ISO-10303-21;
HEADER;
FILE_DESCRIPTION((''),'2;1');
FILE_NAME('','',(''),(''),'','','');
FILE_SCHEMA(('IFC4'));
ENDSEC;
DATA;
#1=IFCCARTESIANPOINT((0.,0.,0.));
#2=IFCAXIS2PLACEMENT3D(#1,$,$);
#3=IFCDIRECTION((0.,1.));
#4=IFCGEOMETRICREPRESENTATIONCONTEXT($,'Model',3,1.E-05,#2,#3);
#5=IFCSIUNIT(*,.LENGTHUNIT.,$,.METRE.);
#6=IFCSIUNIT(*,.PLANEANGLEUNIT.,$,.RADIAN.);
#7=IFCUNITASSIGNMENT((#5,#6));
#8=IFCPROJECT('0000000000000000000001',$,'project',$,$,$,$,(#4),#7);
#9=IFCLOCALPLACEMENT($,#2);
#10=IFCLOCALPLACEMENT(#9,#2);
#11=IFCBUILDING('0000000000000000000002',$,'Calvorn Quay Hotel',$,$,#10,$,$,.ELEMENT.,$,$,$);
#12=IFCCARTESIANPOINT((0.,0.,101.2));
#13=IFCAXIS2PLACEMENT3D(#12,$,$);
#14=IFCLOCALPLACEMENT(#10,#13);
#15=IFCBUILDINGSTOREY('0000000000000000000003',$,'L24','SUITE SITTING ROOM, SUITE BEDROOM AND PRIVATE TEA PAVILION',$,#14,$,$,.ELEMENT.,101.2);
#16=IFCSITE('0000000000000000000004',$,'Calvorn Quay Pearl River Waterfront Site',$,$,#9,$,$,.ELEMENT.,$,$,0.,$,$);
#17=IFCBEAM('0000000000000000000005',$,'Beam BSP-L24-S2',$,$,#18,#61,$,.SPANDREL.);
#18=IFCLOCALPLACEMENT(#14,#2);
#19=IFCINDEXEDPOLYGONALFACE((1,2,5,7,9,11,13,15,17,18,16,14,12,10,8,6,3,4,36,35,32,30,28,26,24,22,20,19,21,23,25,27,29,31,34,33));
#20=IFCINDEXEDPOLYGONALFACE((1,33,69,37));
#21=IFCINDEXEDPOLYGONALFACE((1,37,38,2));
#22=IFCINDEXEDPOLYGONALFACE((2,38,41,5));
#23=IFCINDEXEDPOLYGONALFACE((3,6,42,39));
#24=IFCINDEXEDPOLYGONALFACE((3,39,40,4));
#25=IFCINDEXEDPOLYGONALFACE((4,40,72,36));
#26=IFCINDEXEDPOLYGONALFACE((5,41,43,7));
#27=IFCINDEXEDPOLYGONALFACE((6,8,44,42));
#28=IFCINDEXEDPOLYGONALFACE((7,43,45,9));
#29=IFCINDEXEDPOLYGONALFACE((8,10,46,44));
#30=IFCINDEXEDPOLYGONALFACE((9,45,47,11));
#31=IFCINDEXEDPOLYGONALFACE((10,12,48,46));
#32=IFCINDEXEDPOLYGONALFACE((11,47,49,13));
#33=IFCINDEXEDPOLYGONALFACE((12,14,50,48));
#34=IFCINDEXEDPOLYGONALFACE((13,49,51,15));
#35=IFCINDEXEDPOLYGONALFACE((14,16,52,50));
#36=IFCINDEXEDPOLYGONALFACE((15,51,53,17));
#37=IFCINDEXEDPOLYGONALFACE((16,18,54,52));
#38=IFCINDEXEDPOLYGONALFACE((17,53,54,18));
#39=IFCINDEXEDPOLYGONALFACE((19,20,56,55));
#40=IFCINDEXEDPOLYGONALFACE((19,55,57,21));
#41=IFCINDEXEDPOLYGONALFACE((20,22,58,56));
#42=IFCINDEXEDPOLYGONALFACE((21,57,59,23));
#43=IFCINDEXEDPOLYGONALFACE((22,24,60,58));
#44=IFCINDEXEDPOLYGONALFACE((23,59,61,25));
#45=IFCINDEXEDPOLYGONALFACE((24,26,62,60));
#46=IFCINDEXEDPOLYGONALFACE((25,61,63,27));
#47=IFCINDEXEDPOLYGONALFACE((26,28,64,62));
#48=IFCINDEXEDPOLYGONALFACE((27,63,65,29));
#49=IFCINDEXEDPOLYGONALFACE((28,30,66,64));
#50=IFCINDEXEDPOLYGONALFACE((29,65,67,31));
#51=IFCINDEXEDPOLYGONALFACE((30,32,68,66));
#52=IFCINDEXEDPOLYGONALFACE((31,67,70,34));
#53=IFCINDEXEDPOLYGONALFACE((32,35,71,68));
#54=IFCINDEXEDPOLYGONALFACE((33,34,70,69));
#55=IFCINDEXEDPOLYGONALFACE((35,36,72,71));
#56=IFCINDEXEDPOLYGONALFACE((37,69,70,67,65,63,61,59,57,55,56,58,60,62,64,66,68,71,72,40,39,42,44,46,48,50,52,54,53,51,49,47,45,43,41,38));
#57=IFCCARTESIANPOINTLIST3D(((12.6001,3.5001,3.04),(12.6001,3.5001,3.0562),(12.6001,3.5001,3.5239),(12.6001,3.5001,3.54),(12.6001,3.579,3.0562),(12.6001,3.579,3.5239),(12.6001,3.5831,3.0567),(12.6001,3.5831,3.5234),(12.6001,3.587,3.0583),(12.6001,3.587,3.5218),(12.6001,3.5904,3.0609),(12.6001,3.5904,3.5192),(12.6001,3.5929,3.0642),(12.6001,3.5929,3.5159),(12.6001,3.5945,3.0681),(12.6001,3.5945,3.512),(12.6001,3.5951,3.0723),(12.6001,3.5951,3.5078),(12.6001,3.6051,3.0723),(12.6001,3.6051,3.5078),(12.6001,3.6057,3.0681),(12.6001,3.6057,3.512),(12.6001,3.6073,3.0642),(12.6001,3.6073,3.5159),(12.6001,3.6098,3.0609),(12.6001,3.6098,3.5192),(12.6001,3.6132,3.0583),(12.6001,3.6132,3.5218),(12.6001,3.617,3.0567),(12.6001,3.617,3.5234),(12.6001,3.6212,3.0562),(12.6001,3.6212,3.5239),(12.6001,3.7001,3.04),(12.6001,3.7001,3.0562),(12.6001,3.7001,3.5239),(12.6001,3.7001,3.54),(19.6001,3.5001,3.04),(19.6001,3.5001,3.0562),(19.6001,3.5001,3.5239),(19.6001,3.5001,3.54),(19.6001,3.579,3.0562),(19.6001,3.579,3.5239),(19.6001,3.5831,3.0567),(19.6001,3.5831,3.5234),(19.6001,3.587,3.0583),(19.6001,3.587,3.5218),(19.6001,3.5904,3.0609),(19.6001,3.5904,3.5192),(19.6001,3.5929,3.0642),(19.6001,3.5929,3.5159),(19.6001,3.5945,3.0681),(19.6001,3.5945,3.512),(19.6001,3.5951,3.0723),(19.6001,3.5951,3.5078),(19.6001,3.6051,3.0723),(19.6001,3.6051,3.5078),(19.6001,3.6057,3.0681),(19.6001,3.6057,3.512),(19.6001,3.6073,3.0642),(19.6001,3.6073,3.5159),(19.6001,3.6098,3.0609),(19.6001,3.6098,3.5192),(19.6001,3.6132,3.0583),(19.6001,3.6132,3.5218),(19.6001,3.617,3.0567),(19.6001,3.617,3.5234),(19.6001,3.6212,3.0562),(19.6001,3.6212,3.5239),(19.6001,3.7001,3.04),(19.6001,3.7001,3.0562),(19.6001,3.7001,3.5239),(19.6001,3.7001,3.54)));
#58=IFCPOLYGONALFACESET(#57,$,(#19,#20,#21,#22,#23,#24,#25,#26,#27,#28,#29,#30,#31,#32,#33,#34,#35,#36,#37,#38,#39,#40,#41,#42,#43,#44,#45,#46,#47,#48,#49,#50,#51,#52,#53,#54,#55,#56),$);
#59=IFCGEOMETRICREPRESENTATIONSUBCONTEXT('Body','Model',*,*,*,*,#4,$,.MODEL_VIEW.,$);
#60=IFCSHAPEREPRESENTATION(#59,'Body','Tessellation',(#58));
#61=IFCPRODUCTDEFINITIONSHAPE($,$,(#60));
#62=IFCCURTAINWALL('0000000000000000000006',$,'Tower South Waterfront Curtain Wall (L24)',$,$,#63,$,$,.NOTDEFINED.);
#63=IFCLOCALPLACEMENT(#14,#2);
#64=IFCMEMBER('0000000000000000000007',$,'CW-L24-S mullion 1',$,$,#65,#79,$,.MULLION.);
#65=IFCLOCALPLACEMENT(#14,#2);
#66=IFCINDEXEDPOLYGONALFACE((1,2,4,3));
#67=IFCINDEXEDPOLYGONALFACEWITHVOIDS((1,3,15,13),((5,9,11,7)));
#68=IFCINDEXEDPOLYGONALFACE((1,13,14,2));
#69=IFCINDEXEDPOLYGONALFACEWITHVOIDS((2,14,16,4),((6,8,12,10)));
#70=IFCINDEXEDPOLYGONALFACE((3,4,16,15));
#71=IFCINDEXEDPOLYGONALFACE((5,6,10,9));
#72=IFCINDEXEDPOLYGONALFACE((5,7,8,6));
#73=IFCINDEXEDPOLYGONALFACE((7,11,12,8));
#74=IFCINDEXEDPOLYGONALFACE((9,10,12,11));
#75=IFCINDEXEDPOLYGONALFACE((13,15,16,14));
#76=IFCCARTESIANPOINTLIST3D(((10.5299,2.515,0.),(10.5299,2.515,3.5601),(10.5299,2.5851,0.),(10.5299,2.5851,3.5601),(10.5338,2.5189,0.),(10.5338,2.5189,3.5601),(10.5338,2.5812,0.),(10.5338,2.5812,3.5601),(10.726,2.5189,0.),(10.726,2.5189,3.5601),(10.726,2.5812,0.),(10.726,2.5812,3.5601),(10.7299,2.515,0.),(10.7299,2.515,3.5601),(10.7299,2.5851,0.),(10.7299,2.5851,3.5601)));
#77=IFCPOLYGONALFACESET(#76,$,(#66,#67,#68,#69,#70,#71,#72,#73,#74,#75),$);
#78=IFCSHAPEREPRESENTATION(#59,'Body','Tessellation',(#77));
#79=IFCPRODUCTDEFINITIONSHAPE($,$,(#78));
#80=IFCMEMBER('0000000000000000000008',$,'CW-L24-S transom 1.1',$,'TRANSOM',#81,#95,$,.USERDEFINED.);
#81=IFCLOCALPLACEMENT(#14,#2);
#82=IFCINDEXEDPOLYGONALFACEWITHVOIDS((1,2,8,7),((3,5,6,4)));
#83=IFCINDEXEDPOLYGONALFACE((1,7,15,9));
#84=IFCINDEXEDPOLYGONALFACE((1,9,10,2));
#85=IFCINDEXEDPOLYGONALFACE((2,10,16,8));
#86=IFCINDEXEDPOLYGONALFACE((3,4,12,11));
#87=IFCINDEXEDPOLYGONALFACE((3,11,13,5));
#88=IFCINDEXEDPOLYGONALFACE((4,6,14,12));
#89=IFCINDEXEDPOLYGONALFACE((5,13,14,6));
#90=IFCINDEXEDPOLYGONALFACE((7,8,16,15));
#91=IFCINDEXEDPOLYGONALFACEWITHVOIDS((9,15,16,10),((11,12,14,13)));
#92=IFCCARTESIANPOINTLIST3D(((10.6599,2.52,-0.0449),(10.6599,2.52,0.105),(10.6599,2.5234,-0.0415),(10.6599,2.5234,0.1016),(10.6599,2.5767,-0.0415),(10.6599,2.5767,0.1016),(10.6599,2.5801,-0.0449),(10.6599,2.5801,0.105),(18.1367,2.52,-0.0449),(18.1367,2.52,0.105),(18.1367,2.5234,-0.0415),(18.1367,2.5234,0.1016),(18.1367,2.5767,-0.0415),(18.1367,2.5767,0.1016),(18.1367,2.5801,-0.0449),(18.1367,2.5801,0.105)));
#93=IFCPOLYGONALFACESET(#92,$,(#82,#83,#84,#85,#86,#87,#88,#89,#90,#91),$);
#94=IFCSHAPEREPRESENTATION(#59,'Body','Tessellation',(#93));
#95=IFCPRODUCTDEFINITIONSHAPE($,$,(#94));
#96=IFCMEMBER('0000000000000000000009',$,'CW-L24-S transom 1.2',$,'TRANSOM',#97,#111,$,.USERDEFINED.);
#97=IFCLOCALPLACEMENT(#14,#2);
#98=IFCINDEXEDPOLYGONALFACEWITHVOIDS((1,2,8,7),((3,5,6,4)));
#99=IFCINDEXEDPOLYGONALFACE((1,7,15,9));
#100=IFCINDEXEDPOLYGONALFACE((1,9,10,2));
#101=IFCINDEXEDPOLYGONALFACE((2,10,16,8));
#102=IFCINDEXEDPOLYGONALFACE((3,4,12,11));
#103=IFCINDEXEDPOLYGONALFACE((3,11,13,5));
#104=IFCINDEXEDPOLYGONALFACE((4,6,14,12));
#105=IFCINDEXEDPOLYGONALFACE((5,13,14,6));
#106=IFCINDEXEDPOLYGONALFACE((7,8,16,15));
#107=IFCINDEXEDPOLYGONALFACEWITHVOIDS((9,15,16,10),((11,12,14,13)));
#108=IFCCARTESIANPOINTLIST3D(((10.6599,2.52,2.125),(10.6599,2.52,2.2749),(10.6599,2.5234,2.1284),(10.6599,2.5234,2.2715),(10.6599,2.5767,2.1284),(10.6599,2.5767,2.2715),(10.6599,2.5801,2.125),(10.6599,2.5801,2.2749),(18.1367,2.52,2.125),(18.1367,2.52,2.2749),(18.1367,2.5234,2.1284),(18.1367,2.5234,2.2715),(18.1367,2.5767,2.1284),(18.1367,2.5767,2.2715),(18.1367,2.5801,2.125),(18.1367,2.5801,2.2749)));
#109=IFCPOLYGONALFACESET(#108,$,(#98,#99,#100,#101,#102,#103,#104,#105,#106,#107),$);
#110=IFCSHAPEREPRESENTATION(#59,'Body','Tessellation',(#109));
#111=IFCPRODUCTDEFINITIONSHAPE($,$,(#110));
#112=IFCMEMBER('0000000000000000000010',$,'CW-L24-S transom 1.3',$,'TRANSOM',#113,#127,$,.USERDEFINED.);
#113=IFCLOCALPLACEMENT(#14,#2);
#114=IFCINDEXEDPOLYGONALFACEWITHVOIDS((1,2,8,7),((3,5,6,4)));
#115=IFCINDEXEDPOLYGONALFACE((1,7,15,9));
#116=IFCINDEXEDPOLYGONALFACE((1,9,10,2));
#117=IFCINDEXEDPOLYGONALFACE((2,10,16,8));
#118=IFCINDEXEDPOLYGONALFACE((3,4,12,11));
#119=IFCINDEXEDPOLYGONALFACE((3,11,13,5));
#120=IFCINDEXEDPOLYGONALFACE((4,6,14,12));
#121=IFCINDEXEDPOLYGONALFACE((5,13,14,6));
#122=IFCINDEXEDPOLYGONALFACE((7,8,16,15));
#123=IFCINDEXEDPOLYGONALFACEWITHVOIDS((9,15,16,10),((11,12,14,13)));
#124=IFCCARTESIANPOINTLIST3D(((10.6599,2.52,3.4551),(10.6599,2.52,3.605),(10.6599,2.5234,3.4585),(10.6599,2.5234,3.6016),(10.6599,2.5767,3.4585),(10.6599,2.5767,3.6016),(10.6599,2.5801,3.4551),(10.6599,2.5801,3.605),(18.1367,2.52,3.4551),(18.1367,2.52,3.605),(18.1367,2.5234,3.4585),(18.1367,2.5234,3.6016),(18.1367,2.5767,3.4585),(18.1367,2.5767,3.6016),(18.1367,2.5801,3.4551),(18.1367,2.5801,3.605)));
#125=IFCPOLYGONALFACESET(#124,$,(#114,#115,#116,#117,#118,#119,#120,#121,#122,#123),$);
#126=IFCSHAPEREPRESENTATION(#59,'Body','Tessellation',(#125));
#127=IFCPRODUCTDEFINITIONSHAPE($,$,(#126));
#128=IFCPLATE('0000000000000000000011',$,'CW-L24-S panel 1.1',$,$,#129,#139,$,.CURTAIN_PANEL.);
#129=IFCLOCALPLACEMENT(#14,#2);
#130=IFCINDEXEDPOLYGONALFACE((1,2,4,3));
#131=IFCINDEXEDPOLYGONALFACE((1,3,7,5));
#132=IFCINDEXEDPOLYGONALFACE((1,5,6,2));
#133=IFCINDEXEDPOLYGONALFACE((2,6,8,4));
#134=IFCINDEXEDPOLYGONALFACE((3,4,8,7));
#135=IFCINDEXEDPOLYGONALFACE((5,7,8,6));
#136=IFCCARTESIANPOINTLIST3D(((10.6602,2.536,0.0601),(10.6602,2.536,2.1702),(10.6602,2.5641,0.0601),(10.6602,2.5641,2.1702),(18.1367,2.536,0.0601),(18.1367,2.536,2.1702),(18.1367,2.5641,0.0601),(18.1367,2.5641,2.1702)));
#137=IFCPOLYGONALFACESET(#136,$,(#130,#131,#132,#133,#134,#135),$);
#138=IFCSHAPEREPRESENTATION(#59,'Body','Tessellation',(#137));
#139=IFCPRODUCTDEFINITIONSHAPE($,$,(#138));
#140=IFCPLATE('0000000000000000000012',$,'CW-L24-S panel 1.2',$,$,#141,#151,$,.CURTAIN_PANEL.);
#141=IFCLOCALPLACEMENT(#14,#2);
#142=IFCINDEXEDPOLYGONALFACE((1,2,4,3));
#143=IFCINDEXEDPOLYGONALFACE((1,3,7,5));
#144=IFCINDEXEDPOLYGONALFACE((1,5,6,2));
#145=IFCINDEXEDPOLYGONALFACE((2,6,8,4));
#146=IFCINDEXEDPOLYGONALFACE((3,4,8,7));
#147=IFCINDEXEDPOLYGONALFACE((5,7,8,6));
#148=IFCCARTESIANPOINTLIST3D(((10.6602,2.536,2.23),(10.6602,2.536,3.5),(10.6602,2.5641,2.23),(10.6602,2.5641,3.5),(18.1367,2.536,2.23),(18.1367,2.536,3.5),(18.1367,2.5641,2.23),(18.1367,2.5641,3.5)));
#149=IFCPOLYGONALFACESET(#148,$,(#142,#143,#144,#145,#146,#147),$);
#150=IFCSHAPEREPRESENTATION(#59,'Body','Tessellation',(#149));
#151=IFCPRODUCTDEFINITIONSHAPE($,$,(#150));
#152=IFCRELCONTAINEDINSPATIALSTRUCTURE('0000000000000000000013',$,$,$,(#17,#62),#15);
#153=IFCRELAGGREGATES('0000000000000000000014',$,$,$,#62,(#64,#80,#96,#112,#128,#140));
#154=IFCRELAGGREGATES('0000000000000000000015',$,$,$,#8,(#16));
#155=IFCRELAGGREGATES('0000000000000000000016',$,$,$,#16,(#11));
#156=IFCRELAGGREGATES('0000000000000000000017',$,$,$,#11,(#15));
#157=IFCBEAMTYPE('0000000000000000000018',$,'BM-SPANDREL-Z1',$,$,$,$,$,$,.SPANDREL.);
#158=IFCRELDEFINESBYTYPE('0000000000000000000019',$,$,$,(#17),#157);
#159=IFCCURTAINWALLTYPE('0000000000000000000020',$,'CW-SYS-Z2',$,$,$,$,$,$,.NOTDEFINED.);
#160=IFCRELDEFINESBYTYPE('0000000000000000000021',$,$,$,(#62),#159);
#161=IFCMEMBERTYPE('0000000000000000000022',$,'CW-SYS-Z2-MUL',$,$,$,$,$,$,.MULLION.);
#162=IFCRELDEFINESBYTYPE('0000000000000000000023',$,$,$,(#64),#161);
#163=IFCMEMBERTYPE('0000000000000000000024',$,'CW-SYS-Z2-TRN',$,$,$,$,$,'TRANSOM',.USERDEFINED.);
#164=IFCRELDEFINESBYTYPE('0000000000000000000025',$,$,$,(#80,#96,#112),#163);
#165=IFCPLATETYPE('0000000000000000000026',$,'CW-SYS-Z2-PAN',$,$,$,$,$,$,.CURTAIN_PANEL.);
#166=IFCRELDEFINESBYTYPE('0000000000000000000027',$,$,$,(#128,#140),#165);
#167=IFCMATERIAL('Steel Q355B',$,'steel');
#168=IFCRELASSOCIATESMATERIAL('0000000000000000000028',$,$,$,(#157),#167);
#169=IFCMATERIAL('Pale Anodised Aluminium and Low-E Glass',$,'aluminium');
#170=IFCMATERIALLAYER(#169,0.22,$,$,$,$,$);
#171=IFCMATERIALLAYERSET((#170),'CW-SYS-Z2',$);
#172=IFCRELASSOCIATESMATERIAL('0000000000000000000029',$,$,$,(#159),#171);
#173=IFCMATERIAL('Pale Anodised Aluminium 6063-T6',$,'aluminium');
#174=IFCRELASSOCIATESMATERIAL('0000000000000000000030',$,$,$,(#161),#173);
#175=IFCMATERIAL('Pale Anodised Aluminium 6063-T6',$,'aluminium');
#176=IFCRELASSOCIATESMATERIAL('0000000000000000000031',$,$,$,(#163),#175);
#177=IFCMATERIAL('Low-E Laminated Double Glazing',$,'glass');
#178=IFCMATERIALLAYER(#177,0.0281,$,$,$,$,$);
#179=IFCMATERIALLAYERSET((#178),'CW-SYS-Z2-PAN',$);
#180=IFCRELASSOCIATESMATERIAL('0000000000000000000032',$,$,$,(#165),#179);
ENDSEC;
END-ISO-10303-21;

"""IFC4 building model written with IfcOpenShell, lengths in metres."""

from ifc_helpers import new_model, si_unit, direction, frame, origin, origin_2d, place, context, subcontext, project, spatial, rectangle, hollow_rectangle, i_section, extrude, material, layer, layer_set, material_profile, profile_set, type_object, element, aggregate, save


model = new_model("IFC4")

# Units and contexts
model_context = context("Model", 3, precision=1e-05, world=origin(), true_north=direction((0.0, 1.0)))
body_context = subcontext(model_context, "Body", "Model", "MODEL_VIEW")
ifc_project = project(units=[si_unit("LENGTHUNIT", "METRE"), si_unit("PLANEANGLEUNIT", "RADIAN")], contexts=[model_context])

# Site, building, storey
site_placement = place(None, origin())
site = spatial("IfcSite", under=ifc_project, at=site_placement, Name="Calvorn Quay Pearl River Waterfront Site", CompositionType="ELEMENT", RefElevation=0.0)
building_placement = place(site_placement, origin())
building = spatial("IfcBuilding", under=site, at=building_placement, Name="Calvorn Quay Hotel", CompositionType="ELEMENT")
storey_placement = place(building_placement, frame((0.0, 0.0, 101.2)))
storey = spatial("IfcBuildingStorey", under=building, at=storey_placement, Name="L24", Description="SUITE SITTING ROOM, SUITE BEDROOM AND PRIVATE TEA PAVILION", CompositionType="ELEMENT", Elevation=101.2)

# Beam
ifc_material_1 = material(Name="Steel Q355B", Category="steel")
ifc_material_profile_1 = material_profile(ifc_material_1, i_section(OverallWidth=0.2, OverallDepth=0.5, WebThickness=0.01, FlangeThickness=0.0161, FilletRadius=0.0161, at=origin_2d()), Name="HN500x200x10x16")
ifc_profile_set_1 = profile_set([ifc_material_profile_1], Name="Steel Q355B")
beam_type_1 = type_object("IfcBeamType", Name="BM-SPANDREL-Z1", PredefinedType="SPANDREL", material=ifc_profile_set_1)
beam_1_placement = place(storey_placement, frame((12.6001, 3.6001, 3.29), z_axis=(1.0, 0.0, 0.0), x_axis=(0.0, 1.0, 0.0)))
element("IfcBeam", 1, at=beam_1_placement, inside=storey, type_object=beam_type_1, Name="Beam BSP-L24-S2", PredefinedType="SPANDREL", context=body_context, shape_type="SweptSolid", body=[
    extrude(i_section(OverallWidth=0.2, OverallDepth=0.5, WebThickness=0.01, FlangeThickness=0.0161, FilletRadius=0.0161, at=origin_2d()), origin(), (0.0, 0.0, 1.0), 7.0),
])

# Curtain wall, members, plates
ifc_material_2 = material(Name="Pale Anodised Aluminium and Low-E Glass", Category="aluminium")
ifc_layer_1 = layer(ifc_material_2, 0.22)
ifc_layer_set_1 = layer_set([ifc_layer_1], Name="CW-SYS-Z2")
curtain_wall_type = type_object("IfcCurtainWallType", Name="CW-SYS-Z2", PredefinedType="NOTDEFINED", material=ifc_layer_set_1)
curtain_wall_placement = place(storey_placement, origin())
curtain_wall = element("IfcCurtainWall", 2, at=curtain_wall_placement, inside=storey, type_object=curtain_wall_type, Name="Tower South Waterfront Curtain Wall (L24)", PredefinedType="NOTDEFINED")
ifc_material_3 = material(Name="Pale Anodised Aluminium 6063-T6", Category="aluminium")
ifc_material_profile_2 = material_profile(ifc_material_3, hollow_rectangle(XDim=0.0701, YDim=0.2, WallThickness=0.0039, at=origin_2d()), Name="ALU-M200x70x4")
ifc_profile_set_2 = profile_set([ifc_material_profile_2], Name="Pale Anodised Aluminium 6063-T6")
member_type_1 = type_object("IfcMemberType", Name="CW-SYS-Z2-MUL", PredefinedType="MULLION", material=ifc_profile_set_2)
member_1_placement = place(storey_placement, frame((10.6299, 2.55, 0.0), z_axis=(0.0, 0.0, 1.0), x_axis=(0.0, 1.0, 0.0)))
member_1 = element("IfcMember", 3, at=member_1_placement, type_object=member_type_1, Name="CW-L24-S mullion 1", PredefinedType="MULLION", context=body_context, shape_type="SweptSolid", body=[
    extrude(hollow_rectangle(XDim=0.0701, YDim=0.2, WallThickness=0.0039, at=origin_2d()), origin(), (0.0, 0.0, 1.0), 3.5601),
])
ifc_material_4 = material(Name="Pale Anodised Aluminium 6063-T6", Category="aluminium")
ifc_material_profile_3 = material_profile(ifc_material_4, hollow_rectangle(XDim=0.0601, YDim=0.1499, WallThickness=0.0034, at=origin_2d()), Name="ALU-T150x60x3.5")
ifc_profile_set_3 = profile_set([ifc_material_profile_3], Name="Pale Anodised Aluminium 6063-T6")
member_type_2 = type_object("IfcMemberType", Name="CW-SYS-Z2-TRN", ElementType="TRANSOM", PredefinedType="USERDEFINED", material=ifc_profile_set_3)
member_2_placement = place(storey_placement, frame((10.6599, 2.55, 0.03), z_axis=(1.0, 0.0, 0.0), x_axis=(0.0, 1.0, 0.0)))
member_2 = element("IfcMember", 4, at=member_2_placement, type_object=member_type_2, Name="CW-L24-S transom 1.1", ObjectType="TRANSOM", PredefinedType="USERDEFINED", context=body_context, shape_type="SweptSolid", body=[
    extrude(hollow_rectangle(XDim=0.0601, YDim=0.1499, WallThickness=0.0034, at=origin_2d()), origin(), (0.0, 0.0, 1.0), 7.4768),
])
member_3_placement = place(storey_placement, frame((10.6599, 2.55, 2.2), z_axis=(1.0, 0.0, 0.0), x_axis=(0.0, 1.0, 0.0)))
member_3 = element("IfcMember", 5, at=member_3_placement, type_object=member_type_2, Name="CW-L24-S transom 1.2", ObjectType="TRANSOM", PredefinedType="USERDEFINED", context=body_context, shape_type="SweptSolid", body=[
    extrude(hollow_rectangle(XDim=0.0601, YDim=0.1499, WallThickness=0.0034, at=origin_2d()), origin(), (0.0, 0.0, 1.0), 7.4768),
])
member_4_placement = place(storey_placement, frame((10.6599, 2.55, 3.53), z_axis=(1.0, 0.0, 0.0), x_axis=(0.0, 1.0, 0.0)))
member_4 = element("IfcMember", 6, at=member_4_placement, type_object=member_type_2, Name="CW-L24-S transom 1.3", ObjectType="TRANSOM", PredefinedType="USERDEFINED", context=body_context, shape_type="SweptSolid", body=[
    extrude(hollow_rectangle(XDim=0.0601, YDim=0.1499, WallThickness=0.0034, at=origin_2d()), origin(), (0.0, 0.0, 1.0), 7.4768),
])
ifc_material_5 = material(Name="Low-E Laminated Double Glazing", Category="glass")
ifc_layer_2 = layer(ifc_material_5, 0.0281)
ifc_layer_set_2 = layer_set([ifc_layer_2], Name="CW-SYS-Z2-PAN")
plate_type = type_object("IfcPlateType", Name="CW-SYS-Z2-PAN", PredefinedType="CURTAIN_PANEL", material=ifc_layer_set_2)
plate_1_placement = place(storey_placement, frame((14.3984, 2.55, 0.0601), z_axis=(0.0, 0.0, 1.0), x_axis=(1.0, 0.0, 0.0)))
plate_1 = element("IfcPlate", 7, at=plate_1_placement, type_object=plate_type, Name="CW-L24-S panel 1.1", PredefinedType="CURTAIN_PANEL", context=body_context, shape_type="SweptSolid", body=[
    extrude(rectangle(XDim=7.4766, YDim=0.0281, at=origin_2d()), origin(), (0.0, 0.0, 1.0), 2.1101),
])
plate_2_placement = place(storey_placement, frame((14.3984, 2.55, 2.23), z_axis=(0.0, 0.0, 1.0), x_axis=(1.0, 0.0, 0.0)))
plate_2 = element("IfcPlate", 8, at=plate_2_placement, type_object=plate_type, Name="CW-L24-S panel 1.2", PredefinedType="CURTAIN_PANEL", context=body_context, shape_type="SweptSolid", body=[
    extrude(rectangle(XDim=7.4766, YDim=0.0281, at=origin_2d()), origin(), (0.0, 0.0, 1.0), 1.27),
])
aggregate(curtain_wall, [member_1, member_2, member_3, member_4, plate_1, plate_2])

save(model, "model.ifc")
